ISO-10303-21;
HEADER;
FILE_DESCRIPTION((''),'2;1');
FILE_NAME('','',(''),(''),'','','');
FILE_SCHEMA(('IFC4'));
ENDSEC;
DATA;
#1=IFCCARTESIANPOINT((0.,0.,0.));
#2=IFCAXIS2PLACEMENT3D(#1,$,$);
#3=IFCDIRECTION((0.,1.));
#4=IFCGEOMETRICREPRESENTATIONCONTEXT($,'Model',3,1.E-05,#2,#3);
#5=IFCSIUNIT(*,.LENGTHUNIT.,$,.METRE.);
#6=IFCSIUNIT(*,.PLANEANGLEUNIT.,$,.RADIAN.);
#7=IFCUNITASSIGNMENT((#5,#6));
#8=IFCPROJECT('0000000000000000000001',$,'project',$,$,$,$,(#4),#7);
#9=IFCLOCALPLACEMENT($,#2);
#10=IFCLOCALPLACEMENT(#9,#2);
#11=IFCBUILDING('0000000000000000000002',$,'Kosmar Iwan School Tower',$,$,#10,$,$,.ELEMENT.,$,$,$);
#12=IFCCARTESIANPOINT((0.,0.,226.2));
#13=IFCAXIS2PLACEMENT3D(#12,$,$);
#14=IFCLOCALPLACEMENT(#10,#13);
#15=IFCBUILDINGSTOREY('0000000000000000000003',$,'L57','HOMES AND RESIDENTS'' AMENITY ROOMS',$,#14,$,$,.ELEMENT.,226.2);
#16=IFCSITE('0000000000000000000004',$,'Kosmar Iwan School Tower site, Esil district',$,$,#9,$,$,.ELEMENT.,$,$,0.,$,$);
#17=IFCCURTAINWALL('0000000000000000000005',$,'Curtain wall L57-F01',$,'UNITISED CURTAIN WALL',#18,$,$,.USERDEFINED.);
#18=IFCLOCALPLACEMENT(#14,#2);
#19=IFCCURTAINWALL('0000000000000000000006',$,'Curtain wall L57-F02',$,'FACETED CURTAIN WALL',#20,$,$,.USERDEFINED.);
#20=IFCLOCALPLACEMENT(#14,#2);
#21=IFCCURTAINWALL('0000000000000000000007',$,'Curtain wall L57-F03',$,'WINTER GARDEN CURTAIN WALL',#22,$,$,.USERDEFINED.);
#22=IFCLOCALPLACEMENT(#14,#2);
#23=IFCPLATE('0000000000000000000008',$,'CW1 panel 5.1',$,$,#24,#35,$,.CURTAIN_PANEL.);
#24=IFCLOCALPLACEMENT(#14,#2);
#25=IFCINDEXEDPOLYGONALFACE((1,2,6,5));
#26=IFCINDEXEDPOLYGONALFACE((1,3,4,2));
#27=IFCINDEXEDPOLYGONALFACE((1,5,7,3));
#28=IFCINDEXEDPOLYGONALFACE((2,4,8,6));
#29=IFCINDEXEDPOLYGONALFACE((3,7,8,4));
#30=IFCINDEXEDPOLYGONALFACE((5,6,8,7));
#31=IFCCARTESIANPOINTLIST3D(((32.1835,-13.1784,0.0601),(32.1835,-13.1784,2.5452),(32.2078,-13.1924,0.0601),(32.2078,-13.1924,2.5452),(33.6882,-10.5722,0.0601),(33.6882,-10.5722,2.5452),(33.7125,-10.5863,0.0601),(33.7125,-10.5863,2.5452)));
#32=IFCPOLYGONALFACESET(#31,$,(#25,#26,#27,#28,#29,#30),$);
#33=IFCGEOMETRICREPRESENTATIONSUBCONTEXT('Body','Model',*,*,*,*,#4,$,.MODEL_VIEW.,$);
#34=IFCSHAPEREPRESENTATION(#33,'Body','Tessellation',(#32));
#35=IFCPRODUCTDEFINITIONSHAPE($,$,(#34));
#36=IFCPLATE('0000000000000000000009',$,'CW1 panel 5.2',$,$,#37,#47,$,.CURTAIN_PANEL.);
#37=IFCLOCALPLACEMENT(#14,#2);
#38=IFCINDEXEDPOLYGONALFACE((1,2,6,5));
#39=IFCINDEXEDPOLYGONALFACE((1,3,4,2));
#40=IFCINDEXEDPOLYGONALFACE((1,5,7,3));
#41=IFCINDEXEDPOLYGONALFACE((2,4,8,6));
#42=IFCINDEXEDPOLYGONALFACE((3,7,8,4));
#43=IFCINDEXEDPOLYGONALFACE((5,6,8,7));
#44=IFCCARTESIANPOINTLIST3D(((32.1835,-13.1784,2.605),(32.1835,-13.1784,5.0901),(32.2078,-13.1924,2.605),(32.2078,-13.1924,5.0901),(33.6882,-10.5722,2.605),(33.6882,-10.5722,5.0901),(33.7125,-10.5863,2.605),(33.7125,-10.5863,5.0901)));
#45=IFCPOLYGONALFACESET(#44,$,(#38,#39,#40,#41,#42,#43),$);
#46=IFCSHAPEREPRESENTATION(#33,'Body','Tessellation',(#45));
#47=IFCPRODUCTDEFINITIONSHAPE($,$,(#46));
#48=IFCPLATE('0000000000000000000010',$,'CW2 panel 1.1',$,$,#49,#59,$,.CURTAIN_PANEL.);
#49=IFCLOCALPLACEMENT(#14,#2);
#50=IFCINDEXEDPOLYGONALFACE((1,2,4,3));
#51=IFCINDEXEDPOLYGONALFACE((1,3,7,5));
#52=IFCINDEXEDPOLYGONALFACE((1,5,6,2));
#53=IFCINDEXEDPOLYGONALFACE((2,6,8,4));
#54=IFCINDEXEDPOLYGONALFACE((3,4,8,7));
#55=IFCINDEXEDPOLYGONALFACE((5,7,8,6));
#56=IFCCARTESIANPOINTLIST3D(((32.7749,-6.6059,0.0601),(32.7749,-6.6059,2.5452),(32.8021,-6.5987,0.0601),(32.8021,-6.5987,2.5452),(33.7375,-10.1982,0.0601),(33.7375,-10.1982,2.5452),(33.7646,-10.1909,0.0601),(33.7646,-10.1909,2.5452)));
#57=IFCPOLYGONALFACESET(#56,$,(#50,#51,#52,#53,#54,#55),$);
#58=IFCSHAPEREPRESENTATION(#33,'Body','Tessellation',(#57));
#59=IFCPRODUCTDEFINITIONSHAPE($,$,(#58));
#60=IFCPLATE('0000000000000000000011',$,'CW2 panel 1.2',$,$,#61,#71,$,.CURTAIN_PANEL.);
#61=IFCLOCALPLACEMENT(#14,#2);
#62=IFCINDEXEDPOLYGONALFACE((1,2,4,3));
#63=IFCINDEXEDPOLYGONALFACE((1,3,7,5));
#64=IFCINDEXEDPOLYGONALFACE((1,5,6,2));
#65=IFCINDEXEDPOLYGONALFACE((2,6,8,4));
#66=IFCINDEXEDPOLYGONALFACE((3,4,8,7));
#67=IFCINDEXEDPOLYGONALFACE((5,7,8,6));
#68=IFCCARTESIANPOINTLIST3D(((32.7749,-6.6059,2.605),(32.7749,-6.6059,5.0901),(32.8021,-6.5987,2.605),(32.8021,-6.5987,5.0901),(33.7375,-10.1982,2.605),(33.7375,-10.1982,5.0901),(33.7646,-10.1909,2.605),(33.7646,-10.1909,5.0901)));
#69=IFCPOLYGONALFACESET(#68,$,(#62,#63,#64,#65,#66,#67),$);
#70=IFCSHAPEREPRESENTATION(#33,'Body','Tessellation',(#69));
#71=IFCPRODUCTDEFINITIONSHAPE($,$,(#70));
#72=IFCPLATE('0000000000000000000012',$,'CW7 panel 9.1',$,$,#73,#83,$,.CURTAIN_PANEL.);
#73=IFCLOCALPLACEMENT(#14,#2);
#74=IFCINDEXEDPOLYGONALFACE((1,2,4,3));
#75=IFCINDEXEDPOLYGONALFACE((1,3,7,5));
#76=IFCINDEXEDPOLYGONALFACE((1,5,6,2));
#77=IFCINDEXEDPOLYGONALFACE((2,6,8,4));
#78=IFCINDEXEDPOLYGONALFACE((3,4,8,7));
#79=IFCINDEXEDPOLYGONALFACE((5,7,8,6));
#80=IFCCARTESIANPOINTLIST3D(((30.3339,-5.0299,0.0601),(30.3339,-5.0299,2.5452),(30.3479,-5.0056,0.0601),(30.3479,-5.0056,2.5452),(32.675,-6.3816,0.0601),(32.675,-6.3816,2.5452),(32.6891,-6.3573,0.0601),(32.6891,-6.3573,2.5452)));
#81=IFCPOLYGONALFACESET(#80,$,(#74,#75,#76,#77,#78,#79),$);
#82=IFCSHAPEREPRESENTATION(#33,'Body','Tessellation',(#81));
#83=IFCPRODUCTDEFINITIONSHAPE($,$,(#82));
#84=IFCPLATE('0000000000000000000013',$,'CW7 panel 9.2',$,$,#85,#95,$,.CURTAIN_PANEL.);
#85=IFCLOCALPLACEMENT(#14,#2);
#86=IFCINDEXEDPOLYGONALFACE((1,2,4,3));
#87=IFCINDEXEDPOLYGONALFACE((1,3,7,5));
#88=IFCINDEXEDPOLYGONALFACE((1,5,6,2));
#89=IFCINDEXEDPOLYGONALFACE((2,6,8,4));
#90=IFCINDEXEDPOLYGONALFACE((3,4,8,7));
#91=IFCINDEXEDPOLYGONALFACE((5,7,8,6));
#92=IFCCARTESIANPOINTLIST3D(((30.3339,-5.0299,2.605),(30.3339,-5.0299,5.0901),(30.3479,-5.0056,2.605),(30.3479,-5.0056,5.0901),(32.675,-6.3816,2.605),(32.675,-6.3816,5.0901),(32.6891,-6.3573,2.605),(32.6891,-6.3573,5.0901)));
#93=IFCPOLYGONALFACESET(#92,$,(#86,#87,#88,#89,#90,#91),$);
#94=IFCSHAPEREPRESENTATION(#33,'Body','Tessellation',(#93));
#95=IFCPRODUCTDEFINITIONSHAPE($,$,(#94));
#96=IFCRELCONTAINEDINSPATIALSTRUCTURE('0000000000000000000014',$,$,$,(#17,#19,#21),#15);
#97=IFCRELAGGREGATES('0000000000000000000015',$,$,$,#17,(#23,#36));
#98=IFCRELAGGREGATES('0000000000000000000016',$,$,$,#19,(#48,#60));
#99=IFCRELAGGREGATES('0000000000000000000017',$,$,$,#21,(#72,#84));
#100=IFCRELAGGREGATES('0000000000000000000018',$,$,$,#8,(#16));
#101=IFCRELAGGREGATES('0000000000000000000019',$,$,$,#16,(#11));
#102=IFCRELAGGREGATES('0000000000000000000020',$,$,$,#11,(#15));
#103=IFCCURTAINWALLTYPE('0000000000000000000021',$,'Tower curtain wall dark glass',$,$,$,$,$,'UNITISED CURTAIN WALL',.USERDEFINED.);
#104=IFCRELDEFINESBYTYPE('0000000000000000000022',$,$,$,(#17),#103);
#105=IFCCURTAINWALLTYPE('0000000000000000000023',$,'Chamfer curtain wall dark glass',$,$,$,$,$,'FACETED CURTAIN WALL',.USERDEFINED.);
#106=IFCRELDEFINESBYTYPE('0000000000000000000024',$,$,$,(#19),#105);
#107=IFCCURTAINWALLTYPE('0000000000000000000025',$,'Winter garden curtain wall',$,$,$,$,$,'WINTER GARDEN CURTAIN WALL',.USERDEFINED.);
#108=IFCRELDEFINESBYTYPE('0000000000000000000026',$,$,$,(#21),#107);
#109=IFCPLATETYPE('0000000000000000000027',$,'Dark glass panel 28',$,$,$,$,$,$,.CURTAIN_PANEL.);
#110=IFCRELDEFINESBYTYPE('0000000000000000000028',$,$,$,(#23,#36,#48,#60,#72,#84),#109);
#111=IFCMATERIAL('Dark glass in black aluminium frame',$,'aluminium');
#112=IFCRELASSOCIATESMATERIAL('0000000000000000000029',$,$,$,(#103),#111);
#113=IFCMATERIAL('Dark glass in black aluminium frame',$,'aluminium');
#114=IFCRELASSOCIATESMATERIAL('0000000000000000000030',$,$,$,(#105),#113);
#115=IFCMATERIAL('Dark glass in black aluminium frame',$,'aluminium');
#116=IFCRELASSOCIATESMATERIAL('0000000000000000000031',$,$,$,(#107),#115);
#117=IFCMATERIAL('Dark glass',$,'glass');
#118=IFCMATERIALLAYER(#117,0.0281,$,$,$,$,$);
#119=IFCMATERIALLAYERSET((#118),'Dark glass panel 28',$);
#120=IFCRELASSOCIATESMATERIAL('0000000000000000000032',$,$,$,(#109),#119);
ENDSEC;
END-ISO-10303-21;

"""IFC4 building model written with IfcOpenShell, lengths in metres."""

from ifc_helpers import new_model, si_unit, direction, frame, origin, origin_2d, place, context, subcontext, project, spatial, rectangle, extrude, material, layer, layer_set, type_object, element, aggregate, save


model = new_model("IFC4")

# Units and contexts
model_context = context("Model", 3, precision=1e-05, world=origin(), true_north=direction((0.0, 1.0)))
body_context = subcontext(model_context, "Body", "Model", "MODEL_VIEW")
ifc_project = project(units=[si_unit("LENGTHUNIT", "METRE"), si_unit("PLANEANGLEUNIT", "RADIAN")], contexts=[model_context])

# Site, building, storey
site_placement = place(None, origin())
site = spatial("IfcSite", under=ifc_project, at=site_placement, Name="Kosmar Iwan School Tower site, Esil district", CompositionType="ELEMENT", RefElevation=0.0)
building_placement = place(site_placement, origin())
building = spatial("IfcBuilding", under=site, at=building_placement, Name="Kosmar Iwan School Tower", CompositionType="ELEMENT")
storey_placement = place(building_placement, frame((0.0, 0.0, 226.2)))
storey = spatial("IfcBuildingStorey", under=building, at=storey_placement, Name="L57", Description="HOMES AND RESIDENTS' AMENITY ROOMS", CompositionType="ELEMENT", Elevation=226.2)

# Curtain wall
ifc_material_1 = material(Name="Dark glass in black aluminium frame", Category="aluminium")
curtain_wall_type_1 = type_object("IfcCurtainWallType", Name="Tower curtain wall dark glass", ElementType="UNITISED CURTAIN WALL", PredefinedType="USERDEFINED", material=ifc_material_1)
curtain_wall_1_placement = place(storey_placement, origin())
curtain_wall_1 = element("IfcCurtainWall", 1, at=curtain_wall_1_placement, inside=storey, type_object=curtain_wall_type_1, Name="Curtain wall L57-F01", ObjectType="UNITISED CURTAIN WALL", PredefinedType="USERDEFINED")

# Curtain wall
ifc_material_2 = material(Name="Dark glass in black aluminium frame", Category="aluminium")
curtain_wall_type_2 = type_object("IfcCurtainWallType", Name="Chamfer curtain wall dark glass", ElementType="FACETED CURTAIN WALL", PredefinedType="USERDEFINED", material=ifc_material_2)
curtain_wall_2_placement = place(storey_placement, origin())
curtain_wall_2 = element("IfcCurtainWall", 2, at=curtain_wall_2_placement, inside=storey, type_object=curtain_wall_type_2, Name="Curtain wall L57-F02", ObjectType="FACETED CURTAIN WALL", PredefinedType="USERDEFINED")

# Curtain wall
ifc_material_3 = material(Name="Dark glass in black aluminium frame", Category="aluminium")
curtain_wall_type_3 = type_object("IfcCurtainWallType", Name="Winter garden curtain wall", ElementType="WINTER GARDEN CURTAIN WALL", PredefinedType="USERDEFINED", material=ifc_material_3)
curtain_wall_3_placement = place(storey_placement, origin())
curtain_wall_3 = element("IfcCurtainWall", 3, at=curtain_wall_3_placement, inside=storey, type_object=curtain_wall_type_3, Name="Curtain wall L57-F03", ObjectType="WINTER GARDEN CURTAIN WALL", PredefinedType="USERDEFINED")

# Plates
ifc_material_4 = material(Name="Dark glass", Category="glass")
ifc_layer = layer(ifc_material_4, 0.0281)
ifc_layer_set = layer_set([ifc_layer], Name="Dark glass panel 28")
plate_type = type_object("IfcPlateType", Name="Dark glass panel 28", PredefinedType="CURTAIN_PANEL", material=ifc_layer_set)
plate_1_placement = place(storey_placement, frame((32.948, -11.8823, 0.0601), z_axis=(0.0, 0.0, 1.0), x_axis=(0.5, 0.866025, 0.0)))
plate_1 = element("IfcPlate", 4, at=plate_1_placement, type_object=plate_type, Name="CW1 panel 5.1", PredefinedType="CURTAIN_PANEL", context=body_context, shape_type="SweptSolid", body=[
    extrude(rectangle(XDim=3.0093, YDim=0.0281, at=origin_2d()), origin(), (0.0, 0.0, 1.0), 2.4851),
])
plate_2_placement = place(storey_placement, frame((32.948, -11.8823, 2.605), z_axis=(0.0, 0.0, 1.0), x_axis=(0.5, 0.866025, 0.0)))
plate_2 = element("IfcPlate", 5, at=plate_2_placement, type_object=plate_type, Name="CW1 panel 5.2", PredefinedType="CURTAIN_PANEL", context=body_context, shape_type="SweptSolid", body=[
    extrude(rectangle(XDim=3.0093, YDim=0.0281, at=origin_2d()), origin(), (0.0, 0.0, 1.0), 2.4851),
])
aggregate(curtain_wall_1, [plate_1, plate_2])
plate_3_placement = place(storey_placement, frame((33.2698, -8.3984, 0.0601), z_axis=(0.0, 0.0, 1.0), x_axis=(-0.258819, 0.965926, 0.0)))
plate_3 = element("IfcPlate", 6, at=plate_3_placement, type_object=plate_type, Name="CW2 panel 1.1", PredefinedType="CURTAIN_PANEL", context=body_context, shape_type="SweptSolid", body=[
    extrude(rectangle(XDim=3.719, YDim=0.0281, at=origin_2d()), origin(), (0.0, 0.0, 1.0), 2.4851),
])
plate_4_placement = place(storey_placement, frame((33.2698, -8.3984, 2.605), z_axis=(0.0, 0.0, 1.0), x_axis=(-0.258819, 0.965926, 0.0)))
plate_4 = element("IfcPlate", 7, at=plate_4_placement, type_object=plate_type, Name="CW2 panel 1.2", PredefinedType="CURTAIN_PANEL", context=body_context, shape_type="SweptSolid", body=[
    extrude(rectangle(XDim=3.719, YDim=0.0281, at=origin_2d()), origin(), (0.0, 0.0, 1.0), 2.4851),
])
aggregate(curtain_wall_2, [plate_3, plate_4])
plate_5_placement = place(storey_placement, frame((31.5115, -5.6936, 0.0601), z_axis=(0.0, 0.0, 1.0), x_axis=(0.866025, -0.5, 0.0)))
plate_5 = element("IfcPlate", 8, at=plate_5_placement, type_object=plate_type, Name="CW7 panel 9.1", PredefinedType="CURTAIN_PANEL", context=body_context, shape_type="SweptSolid", body=[
    extrude(rectangle(XDim=2.7034, YDim=0.0281, at=origin_2d()), origin(), (0.0, 0.0, 1.0), 2.4851),
])
plate_6_placement = place(storey_placement, frame((31.5115, -5.6936, 2.605), z_axis=(0.0, 0.0, 1.0), x_axis=(0.866025, -0.5, 0.0)))
plate_6 = element("IfcPlate", 9, at=plate_6_placement, type_object=plate_type, Name="CW7 panel 9.2", PredefinedType="CURTAIN_PANEL", context=body_context, shape_type="SweptSolid", body=[
    extrude(rectangle(XDim=2.7034, YDim=0.0281, at=origin_2d()), origin(), (0.0, 0.0, 1.0), 2.4851),
])
aggregate(curtain_wall_3, [plate_5, plate_6])

save(model, "model.ifc")
